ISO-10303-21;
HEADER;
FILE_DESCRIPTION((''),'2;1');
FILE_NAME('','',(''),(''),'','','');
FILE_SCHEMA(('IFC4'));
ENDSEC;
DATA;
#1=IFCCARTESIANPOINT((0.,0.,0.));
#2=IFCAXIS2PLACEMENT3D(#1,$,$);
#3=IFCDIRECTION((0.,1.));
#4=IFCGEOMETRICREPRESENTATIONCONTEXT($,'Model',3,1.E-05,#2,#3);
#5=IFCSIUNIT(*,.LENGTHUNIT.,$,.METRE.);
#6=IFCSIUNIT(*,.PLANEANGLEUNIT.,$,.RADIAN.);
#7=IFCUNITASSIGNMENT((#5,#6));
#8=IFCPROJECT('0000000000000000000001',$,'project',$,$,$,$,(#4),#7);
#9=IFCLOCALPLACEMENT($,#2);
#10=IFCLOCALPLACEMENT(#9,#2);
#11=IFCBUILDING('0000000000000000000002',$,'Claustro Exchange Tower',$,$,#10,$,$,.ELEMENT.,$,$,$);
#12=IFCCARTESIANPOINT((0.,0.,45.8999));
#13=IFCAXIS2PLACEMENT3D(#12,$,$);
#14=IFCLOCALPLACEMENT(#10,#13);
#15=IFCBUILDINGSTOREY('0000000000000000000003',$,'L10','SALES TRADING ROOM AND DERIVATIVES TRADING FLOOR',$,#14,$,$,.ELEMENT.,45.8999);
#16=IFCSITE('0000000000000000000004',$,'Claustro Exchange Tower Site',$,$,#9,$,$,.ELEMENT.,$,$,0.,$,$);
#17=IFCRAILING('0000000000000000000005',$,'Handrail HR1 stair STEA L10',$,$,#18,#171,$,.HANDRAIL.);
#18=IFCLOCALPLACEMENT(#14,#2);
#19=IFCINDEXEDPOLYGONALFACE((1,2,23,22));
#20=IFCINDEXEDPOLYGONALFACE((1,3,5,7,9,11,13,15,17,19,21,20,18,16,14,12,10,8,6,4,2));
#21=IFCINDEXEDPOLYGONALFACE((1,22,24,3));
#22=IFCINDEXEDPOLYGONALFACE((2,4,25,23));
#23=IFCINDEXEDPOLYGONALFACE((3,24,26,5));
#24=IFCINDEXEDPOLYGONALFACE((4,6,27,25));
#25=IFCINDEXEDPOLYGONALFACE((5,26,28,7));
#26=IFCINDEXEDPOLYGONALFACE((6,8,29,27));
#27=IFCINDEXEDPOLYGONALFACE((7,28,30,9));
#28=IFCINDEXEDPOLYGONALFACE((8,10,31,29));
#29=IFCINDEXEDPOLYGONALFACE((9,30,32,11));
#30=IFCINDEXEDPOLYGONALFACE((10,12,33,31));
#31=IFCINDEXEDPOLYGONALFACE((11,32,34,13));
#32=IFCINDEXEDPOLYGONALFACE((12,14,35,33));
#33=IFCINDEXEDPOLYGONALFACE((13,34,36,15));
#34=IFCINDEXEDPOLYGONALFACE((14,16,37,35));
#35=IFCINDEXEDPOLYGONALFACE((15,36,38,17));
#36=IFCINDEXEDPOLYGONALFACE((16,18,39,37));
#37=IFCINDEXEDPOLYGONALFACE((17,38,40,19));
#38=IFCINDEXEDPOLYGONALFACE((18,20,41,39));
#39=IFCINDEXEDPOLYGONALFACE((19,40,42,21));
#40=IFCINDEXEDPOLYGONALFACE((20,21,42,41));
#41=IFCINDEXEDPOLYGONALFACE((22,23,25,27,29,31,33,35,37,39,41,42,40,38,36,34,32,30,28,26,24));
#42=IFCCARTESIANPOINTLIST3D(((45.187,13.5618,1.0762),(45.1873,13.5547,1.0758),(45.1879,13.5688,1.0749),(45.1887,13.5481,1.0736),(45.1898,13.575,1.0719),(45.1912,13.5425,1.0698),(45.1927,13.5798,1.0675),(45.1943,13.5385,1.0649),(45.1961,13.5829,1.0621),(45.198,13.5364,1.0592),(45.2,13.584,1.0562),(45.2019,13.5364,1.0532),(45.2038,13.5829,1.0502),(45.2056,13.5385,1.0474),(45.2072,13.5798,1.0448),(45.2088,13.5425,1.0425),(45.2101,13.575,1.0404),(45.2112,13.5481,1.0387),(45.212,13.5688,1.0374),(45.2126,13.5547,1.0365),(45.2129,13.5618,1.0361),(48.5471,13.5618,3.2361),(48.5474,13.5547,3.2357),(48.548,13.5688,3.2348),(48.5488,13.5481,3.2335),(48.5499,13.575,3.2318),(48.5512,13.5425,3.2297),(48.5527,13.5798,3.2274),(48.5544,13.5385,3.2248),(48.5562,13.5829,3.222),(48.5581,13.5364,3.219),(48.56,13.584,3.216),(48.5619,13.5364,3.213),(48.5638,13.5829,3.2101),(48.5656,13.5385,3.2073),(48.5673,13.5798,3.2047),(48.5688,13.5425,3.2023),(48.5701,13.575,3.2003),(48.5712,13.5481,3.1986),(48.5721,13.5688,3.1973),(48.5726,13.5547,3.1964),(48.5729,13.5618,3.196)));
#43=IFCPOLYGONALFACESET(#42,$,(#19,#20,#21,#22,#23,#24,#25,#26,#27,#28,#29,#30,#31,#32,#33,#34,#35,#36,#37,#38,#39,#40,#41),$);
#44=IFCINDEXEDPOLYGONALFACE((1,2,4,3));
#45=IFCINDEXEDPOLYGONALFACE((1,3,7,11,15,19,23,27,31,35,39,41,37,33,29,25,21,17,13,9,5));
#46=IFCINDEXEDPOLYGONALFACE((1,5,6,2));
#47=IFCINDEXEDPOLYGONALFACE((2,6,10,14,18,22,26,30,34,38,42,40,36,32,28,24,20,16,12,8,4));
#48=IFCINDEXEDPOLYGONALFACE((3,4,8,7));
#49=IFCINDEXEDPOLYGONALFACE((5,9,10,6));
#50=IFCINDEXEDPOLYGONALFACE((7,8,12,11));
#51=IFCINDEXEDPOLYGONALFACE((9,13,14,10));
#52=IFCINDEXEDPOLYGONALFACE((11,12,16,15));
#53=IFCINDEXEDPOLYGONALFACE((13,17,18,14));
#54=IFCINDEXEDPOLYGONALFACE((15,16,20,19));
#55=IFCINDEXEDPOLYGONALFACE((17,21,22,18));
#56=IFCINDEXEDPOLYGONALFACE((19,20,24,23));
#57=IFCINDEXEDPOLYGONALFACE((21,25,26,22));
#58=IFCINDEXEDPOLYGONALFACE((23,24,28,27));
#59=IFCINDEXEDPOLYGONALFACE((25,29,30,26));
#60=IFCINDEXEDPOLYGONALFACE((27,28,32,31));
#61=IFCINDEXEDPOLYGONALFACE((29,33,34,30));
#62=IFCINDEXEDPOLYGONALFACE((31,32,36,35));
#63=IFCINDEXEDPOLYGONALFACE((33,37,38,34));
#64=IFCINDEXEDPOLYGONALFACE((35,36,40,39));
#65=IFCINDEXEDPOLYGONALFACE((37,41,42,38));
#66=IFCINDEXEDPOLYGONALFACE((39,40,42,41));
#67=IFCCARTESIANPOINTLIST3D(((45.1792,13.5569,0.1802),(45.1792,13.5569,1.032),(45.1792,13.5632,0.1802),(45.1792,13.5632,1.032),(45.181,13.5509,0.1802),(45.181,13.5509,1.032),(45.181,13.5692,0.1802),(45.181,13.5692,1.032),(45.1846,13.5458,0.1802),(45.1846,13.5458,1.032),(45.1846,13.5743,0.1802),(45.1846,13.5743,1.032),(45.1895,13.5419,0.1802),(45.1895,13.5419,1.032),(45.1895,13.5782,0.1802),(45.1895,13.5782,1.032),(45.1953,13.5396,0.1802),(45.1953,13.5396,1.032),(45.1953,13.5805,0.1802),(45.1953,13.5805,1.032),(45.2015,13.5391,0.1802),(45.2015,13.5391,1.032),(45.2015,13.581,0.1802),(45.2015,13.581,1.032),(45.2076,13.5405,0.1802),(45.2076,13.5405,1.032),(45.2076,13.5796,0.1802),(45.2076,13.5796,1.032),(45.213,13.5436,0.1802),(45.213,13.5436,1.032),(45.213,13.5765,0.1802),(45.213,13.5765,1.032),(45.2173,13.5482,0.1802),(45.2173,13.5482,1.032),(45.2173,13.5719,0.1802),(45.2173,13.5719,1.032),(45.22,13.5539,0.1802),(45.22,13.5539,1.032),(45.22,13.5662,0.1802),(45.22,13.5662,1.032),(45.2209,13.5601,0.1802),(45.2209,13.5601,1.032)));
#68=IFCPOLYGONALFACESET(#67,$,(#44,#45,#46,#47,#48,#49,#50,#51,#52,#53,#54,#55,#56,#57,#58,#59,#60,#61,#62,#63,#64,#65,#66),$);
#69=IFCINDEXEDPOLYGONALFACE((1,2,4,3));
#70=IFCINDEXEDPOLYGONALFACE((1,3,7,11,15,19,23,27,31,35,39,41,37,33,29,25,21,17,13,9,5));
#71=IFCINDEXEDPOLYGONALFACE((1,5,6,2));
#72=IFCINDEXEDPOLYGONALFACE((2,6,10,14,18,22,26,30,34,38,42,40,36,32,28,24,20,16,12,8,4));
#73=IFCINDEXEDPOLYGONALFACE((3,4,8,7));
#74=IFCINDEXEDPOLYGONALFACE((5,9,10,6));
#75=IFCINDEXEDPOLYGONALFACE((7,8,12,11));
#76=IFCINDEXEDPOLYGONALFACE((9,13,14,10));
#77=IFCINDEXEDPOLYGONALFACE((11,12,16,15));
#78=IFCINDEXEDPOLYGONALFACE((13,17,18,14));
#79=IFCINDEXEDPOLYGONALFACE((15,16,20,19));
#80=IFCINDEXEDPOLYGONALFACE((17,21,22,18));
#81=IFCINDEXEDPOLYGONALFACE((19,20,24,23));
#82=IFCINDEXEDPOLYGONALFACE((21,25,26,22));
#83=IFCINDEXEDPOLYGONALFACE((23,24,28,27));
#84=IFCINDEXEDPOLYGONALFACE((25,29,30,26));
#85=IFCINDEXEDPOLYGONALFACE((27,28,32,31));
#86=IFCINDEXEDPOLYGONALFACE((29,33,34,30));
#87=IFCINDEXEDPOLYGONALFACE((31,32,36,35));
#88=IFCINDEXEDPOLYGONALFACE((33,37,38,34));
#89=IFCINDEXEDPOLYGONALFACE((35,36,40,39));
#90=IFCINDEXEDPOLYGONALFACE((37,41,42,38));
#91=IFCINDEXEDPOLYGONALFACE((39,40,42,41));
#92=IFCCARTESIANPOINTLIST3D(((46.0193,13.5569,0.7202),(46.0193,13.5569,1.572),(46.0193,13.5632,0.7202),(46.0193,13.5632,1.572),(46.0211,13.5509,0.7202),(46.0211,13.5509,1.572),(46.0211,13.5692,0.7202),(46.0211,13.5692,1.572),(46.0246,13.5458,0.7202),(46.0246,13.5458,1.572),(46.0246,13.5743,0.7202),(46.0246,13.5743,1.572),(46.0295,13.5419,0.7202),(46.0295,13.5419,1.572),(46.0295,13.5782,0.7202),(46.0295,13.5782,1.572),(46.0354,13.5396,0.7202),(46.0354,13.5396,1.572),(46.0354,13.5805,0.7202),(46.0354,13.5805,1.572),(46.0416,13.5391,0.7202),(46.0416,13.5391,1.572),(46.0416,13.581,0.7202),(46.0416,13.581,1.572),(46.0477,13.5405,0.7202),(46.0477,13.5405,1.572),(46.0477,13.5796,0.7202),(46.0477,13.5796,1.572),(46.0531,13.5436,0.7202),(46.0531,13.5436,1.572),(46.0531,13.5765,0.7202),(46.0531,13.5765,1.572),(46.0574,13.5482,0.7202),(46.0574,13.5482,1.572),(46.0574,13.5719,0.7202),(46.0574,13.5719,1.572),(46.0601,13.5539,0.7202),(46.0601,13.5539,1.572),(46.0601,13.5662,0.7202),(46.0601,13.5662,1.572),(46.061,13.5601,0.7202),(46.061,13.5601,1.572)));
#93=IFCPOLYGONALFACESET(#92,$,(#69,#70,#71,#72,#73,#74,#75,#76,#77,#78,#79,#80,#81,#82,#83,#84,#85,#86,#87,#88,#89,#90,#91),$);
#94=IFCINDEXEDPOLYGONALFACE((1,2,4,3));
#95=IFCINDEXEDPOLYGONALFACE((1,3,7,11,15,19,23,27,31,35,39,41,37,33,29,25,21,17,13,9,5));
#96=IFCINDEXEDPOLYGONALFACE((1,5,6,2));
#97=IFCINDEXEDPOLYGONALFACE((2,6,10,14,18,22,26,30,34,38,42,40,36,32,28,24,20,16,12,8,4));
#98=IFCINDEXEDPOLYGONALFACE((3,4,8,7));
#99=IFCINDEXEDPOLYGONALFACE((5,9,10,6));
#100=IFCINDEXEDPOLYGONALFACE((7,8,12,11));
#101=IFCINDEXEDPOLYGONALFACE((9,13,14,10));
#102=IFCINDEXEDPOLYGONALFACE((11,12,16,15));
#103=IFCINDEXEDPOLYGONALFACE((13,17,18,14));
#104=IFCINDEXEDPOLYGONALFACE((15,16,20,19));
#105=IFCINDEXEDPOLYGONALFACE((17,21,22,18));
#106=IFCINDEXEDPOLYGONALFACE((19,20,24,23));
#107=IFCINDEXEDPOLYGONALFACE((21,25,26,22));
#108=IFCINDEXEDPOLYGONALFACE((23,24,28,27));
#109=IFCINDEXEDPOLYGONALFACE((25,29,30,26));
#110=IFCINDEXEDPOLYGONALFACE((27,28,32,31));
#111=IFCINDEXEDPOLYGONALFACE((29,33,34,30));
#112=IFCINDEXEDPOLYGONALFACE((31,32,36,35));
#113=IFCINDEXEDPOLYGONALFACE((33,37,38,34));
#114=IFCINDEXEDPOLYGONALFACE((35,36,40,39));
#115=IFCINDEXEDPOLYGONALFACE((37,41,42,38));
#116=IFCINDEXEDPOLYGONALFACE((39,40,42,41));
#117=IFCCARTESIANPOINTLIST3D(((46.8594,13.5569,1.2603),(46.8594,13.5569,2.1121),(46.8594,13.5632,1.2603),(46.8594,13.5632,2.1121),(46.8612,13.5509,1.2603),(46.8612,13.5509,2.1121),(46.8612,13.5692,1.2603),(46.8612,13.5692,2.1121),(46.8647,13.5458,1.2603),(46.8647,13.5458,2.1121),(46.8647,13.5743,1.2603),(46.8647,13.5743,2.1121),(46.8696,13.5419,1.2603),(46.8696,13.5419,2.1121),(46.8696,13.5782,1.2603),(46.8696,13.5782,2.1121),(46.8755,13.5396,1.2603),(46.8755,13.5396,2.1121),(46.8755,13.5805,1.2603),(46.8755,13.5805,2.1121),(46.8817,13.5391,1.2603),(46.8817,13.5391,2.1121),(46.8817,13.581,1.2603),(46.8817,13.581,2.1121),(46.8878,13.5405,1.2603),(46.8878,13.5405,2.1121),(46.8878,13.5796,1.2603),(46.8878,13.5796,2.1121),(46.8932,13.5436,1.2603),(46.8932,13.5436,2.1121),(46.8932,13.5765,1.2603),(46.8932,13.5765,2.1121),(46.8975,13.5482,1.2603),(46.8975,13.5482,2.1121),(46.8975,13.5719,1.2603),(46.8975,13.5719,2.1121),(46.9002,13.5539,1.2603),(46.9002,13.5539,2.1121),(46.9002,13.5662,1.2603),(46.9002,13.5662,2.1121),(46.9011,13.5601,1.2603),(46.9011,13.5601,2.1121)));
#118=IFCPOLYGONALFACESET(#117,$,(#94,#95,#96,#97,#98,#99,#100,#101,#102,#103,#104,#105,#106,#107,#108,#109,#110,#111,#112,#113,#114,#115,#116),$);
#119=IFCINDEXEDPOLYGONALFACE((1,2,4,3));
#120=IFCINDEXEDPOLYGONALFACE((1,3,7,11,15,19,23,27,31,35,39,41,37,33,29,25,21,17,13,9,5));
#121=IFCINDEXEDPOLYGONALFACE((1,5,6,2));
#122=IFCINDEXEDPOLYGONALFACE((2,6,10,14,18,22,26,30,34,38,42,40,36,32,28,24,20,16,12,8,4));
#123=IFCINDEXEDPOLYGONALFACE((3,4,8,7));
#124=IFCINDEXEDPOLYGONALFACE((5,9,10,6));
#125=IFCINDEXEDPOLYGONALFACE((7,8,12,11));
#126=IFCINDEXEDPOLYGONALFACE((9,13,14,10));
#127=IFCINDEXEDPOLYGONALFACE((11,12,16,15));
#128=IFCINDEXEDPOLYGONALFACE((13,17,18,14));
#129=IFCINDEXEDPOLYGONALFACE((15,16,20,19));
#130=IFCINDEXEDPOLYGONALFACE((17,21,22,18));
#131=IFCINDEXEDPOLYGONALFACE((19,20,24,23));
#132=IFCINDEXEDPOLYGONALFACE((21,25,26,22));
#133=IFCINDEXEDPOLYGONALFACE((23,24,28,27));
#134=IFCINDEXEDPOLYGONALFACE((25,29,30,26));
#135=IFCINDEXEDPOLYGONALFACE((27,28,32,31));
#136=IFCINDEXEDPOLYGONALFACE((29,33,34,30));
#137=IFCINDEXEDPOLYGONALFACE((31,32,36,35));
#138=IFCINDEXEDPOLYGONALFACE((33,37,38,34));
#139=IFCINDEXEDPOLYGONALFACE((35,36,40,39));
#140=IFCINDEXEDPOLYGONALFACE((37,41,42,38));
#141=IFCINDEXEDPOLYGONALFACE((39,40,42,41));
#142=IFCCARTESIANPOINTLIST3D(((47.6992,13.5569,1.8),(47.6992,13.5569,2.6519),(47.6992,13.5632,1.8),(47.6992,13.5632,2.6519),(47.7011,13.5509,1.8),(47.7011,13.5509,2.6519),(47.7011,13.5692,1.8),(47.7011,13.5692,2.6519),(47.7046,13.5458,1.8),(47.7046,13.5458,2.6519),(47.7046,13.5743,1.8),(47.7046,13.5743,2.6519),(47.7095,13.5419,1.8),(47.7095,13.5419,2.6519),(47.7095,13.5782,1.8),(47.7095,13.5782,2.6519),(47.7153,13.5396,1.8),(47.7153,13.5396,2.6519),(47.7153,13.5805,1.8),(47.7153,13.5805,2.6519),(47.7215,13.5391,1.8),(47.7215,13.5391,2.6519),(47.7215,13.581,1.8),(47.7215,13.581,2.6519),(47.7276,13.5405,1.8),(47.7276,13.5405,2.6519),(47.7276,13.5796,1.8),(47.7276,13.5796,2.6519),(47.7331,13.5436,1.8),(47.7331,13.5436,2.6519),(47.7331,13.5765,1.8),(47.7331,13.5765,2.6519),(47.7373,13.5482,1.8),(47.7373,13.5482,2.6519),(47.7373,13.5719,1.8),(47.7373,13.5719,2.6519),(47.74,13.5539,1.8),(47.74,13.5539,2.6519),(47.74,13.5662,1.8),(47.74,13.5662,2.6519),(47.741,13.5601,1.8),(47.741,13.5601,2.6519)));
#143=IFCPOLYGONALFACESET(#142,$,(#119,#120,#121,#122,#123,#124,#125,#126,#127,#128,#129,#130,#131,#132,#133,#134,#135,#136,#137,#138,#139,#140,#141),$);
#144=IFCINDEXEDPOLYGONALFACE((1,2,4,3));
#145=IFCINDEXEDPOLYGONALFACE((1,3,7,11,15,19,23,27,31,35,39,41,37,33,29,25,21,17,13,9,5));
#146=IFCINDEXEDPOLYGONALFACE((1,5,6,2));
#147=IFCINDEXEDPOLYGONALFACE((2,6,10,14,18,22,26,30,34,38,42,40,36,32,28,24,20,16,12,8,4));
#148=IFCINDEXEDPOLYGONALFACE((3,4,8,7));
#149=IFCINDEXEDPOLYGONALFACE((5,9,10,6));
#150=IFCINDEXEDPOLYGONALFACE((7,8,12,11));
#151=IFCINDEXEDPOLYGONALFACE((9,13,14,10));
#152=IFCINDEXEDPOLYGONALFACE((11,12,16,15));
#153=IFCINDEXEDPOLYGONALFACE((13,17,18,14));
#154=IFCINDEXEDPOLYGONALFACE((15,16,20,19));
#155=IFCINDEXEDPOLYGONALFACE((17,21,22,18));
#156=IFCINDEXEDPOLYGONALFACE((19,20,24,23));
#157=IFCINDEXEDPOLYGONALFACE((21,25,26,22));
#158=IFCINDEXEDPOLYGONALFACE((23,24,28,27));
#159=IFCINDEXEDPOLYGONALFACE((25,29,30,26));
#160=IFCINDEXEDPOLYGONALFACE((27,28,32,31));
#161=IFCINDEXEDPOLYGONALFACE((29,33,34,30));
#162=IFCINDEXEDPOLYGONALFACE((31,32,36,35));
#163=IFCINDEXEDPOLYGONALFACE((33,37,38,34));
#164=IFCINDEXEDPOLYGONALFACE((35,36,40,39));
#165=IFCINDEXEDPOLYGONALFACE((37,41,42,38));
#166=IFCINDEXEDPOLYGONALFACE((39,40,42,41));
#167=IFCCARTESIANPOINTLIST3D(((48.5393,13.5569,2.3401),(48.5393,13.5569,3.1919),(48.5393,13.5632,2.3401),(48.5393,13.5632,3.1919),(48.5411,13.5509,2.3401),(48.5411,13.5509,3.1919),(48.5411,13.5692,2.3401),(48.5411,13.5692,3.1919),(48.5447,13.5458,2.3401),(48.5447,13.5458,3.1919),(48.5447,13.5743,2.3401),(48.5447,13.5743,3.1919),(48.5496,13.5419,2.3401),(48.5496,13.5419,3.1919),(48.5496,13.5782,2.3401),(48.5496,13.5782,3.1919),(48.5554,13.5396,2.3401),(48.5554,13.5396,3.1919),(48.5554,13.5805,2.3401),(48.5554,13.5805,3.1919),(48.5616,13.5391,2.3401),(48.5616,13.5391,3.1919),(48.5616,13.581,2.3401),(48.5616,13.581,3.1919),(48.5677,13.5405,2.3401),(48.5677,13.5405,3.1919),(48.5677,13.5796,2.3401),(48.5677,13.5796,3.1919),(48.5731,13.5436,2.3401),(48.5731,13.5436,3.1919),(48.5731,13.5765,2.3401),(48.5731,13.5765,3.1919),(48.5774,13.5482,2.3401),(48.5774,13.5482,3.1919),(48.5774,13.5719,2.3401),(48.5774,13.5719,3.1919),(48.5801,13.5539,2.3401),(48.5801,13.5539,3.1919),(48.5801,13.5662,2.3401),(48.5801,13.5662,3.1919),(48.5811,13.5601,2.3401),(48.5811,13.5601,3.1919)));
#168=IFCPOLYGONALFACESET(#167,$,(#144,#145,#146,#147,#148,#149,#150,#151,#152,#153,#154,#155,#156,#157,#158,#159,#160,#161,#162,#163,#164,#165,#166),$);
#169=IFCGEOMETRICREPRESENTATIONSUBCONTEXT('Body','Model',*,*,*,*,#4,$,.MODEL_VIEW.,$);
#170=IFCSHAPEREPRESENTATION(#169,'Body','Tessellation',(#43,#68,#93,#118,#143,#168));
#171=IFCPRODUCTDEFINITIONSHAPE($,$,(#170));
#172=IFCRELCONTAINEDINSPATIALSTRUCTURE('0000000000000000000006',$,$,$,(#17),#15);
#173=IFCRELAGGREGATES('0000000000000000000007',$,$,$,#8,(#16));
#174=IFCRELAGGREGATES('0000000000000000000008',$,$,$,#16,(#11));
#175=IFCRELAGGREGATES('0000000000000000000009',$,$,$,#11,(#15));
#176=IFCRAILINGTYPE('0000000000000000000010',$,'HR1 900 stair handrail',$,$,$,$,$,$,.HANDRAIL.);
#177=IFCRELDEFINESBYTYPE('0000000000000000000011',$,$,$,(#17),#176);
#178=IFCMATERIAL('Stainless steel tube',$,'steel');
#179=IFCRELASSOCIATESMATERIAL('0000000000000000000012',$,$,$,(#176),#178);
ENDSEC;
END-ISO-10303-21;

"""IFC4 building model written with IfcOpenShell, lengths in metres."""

from ifc_helpers import new_model, si_unit, direction, frame, origin, origin_2d, place, context, subcontext, project, spatial, circle, extrude, material, type_object, element, save


model = new_model("IFC4")

# Units and contexts
model_context = context("Model", 3, precision=1e-05, world=origin(), true_north=direction((0.0, 1.0)))
body_context = subcontext(model_context, "Body", "Model", "MODEL_VIEW")
ifc_project = project(units=[si_unit("LENGTHUNIT", "METRE"), si_unit("PLANEANGLEUNIT", "RADIAN")], contexts=[model_context])

# Site, building, storey
site_placement = place(None, origin())
site = spatial("IfcSite", under=ifc_project, at=site_placement, Name="Claustro Exchange Tower Site", CompositionType="ELEMENT", RefElevation=0.0)
building_placement = place(site_placement, origin())
building = spatial("IfcBuilding", under=site, at=building_placement, Name="Claustro Exchange Tower", CompositionType="ELEMENT")
storey_placement = place(building_placement, frame((0.0, 0.0, 45.8999)))
storey = spatial("IfcBuildingStorey", under=building, at=storey_placement, Name="L10", Description="SALES TRADING ROOM AND DERIVATIVES TRADING FLOOR", CompositionType="ELEMENT", Elevation=45.8999)

# Railing
ifc_material_1 = material(Name="Stainless steel tube", Category="steel")
railing_type_1 = type_object("IfcRailingType", Name="HR1 900 stair handrail", PredefinedType="HANDRAIL", material=ifc_material_1)
railing_1_placement = place(storey_placement, frame((45.2, 13.5601, 0.1802)))
element("IfcRailing", 1, at=railing_1_placement, inside=storey, type_object=railing_type_1, Name="Handrail HR1 stair STEA L10", PredefinedType="HANDRAIL", context=body_context, shape_type="SweptSolid", body=[
    extrude(circle(Radius=0.0239, at=origin_2d()), frame((0.0, 0.0, 0.876), z_axis=(0.841196, 0.0, 0.54073), x_axis=(0.0, 1.0, 0.0)), (0.0, 0.0, 1.0), 3.9944),
    extrude(circle(Radius=0.021, at=origin_2d()), origin(), (0.0, 0.0, 1.0), 0.8518),
    extrude(circle(Radius=0.021, at=origin_2d()), frame((0.8401, 0.0, 0.54)), (0.0, 0.0, 1.0), 0.8518),
    extrude(circle(Radius=0.021, at=origin_2d()), frame((1.6802, 0.0, 1.0801)), (0.0, 0.0, 1.0), 0.8518),
    extrude(circle(Radius=0.021, at=origin_2d()), frame((2.52, 0.0, 1.6199)), (0.0, 0.0, 1.0), 0.8518),
    extrude(circle(Radius=0.021, at=origin_2d()), frame((3.3601, 0.0, 2.1599)), (0.0, 0.0, 1.0), 0.8518),
])

save(model, "model.ifc")
